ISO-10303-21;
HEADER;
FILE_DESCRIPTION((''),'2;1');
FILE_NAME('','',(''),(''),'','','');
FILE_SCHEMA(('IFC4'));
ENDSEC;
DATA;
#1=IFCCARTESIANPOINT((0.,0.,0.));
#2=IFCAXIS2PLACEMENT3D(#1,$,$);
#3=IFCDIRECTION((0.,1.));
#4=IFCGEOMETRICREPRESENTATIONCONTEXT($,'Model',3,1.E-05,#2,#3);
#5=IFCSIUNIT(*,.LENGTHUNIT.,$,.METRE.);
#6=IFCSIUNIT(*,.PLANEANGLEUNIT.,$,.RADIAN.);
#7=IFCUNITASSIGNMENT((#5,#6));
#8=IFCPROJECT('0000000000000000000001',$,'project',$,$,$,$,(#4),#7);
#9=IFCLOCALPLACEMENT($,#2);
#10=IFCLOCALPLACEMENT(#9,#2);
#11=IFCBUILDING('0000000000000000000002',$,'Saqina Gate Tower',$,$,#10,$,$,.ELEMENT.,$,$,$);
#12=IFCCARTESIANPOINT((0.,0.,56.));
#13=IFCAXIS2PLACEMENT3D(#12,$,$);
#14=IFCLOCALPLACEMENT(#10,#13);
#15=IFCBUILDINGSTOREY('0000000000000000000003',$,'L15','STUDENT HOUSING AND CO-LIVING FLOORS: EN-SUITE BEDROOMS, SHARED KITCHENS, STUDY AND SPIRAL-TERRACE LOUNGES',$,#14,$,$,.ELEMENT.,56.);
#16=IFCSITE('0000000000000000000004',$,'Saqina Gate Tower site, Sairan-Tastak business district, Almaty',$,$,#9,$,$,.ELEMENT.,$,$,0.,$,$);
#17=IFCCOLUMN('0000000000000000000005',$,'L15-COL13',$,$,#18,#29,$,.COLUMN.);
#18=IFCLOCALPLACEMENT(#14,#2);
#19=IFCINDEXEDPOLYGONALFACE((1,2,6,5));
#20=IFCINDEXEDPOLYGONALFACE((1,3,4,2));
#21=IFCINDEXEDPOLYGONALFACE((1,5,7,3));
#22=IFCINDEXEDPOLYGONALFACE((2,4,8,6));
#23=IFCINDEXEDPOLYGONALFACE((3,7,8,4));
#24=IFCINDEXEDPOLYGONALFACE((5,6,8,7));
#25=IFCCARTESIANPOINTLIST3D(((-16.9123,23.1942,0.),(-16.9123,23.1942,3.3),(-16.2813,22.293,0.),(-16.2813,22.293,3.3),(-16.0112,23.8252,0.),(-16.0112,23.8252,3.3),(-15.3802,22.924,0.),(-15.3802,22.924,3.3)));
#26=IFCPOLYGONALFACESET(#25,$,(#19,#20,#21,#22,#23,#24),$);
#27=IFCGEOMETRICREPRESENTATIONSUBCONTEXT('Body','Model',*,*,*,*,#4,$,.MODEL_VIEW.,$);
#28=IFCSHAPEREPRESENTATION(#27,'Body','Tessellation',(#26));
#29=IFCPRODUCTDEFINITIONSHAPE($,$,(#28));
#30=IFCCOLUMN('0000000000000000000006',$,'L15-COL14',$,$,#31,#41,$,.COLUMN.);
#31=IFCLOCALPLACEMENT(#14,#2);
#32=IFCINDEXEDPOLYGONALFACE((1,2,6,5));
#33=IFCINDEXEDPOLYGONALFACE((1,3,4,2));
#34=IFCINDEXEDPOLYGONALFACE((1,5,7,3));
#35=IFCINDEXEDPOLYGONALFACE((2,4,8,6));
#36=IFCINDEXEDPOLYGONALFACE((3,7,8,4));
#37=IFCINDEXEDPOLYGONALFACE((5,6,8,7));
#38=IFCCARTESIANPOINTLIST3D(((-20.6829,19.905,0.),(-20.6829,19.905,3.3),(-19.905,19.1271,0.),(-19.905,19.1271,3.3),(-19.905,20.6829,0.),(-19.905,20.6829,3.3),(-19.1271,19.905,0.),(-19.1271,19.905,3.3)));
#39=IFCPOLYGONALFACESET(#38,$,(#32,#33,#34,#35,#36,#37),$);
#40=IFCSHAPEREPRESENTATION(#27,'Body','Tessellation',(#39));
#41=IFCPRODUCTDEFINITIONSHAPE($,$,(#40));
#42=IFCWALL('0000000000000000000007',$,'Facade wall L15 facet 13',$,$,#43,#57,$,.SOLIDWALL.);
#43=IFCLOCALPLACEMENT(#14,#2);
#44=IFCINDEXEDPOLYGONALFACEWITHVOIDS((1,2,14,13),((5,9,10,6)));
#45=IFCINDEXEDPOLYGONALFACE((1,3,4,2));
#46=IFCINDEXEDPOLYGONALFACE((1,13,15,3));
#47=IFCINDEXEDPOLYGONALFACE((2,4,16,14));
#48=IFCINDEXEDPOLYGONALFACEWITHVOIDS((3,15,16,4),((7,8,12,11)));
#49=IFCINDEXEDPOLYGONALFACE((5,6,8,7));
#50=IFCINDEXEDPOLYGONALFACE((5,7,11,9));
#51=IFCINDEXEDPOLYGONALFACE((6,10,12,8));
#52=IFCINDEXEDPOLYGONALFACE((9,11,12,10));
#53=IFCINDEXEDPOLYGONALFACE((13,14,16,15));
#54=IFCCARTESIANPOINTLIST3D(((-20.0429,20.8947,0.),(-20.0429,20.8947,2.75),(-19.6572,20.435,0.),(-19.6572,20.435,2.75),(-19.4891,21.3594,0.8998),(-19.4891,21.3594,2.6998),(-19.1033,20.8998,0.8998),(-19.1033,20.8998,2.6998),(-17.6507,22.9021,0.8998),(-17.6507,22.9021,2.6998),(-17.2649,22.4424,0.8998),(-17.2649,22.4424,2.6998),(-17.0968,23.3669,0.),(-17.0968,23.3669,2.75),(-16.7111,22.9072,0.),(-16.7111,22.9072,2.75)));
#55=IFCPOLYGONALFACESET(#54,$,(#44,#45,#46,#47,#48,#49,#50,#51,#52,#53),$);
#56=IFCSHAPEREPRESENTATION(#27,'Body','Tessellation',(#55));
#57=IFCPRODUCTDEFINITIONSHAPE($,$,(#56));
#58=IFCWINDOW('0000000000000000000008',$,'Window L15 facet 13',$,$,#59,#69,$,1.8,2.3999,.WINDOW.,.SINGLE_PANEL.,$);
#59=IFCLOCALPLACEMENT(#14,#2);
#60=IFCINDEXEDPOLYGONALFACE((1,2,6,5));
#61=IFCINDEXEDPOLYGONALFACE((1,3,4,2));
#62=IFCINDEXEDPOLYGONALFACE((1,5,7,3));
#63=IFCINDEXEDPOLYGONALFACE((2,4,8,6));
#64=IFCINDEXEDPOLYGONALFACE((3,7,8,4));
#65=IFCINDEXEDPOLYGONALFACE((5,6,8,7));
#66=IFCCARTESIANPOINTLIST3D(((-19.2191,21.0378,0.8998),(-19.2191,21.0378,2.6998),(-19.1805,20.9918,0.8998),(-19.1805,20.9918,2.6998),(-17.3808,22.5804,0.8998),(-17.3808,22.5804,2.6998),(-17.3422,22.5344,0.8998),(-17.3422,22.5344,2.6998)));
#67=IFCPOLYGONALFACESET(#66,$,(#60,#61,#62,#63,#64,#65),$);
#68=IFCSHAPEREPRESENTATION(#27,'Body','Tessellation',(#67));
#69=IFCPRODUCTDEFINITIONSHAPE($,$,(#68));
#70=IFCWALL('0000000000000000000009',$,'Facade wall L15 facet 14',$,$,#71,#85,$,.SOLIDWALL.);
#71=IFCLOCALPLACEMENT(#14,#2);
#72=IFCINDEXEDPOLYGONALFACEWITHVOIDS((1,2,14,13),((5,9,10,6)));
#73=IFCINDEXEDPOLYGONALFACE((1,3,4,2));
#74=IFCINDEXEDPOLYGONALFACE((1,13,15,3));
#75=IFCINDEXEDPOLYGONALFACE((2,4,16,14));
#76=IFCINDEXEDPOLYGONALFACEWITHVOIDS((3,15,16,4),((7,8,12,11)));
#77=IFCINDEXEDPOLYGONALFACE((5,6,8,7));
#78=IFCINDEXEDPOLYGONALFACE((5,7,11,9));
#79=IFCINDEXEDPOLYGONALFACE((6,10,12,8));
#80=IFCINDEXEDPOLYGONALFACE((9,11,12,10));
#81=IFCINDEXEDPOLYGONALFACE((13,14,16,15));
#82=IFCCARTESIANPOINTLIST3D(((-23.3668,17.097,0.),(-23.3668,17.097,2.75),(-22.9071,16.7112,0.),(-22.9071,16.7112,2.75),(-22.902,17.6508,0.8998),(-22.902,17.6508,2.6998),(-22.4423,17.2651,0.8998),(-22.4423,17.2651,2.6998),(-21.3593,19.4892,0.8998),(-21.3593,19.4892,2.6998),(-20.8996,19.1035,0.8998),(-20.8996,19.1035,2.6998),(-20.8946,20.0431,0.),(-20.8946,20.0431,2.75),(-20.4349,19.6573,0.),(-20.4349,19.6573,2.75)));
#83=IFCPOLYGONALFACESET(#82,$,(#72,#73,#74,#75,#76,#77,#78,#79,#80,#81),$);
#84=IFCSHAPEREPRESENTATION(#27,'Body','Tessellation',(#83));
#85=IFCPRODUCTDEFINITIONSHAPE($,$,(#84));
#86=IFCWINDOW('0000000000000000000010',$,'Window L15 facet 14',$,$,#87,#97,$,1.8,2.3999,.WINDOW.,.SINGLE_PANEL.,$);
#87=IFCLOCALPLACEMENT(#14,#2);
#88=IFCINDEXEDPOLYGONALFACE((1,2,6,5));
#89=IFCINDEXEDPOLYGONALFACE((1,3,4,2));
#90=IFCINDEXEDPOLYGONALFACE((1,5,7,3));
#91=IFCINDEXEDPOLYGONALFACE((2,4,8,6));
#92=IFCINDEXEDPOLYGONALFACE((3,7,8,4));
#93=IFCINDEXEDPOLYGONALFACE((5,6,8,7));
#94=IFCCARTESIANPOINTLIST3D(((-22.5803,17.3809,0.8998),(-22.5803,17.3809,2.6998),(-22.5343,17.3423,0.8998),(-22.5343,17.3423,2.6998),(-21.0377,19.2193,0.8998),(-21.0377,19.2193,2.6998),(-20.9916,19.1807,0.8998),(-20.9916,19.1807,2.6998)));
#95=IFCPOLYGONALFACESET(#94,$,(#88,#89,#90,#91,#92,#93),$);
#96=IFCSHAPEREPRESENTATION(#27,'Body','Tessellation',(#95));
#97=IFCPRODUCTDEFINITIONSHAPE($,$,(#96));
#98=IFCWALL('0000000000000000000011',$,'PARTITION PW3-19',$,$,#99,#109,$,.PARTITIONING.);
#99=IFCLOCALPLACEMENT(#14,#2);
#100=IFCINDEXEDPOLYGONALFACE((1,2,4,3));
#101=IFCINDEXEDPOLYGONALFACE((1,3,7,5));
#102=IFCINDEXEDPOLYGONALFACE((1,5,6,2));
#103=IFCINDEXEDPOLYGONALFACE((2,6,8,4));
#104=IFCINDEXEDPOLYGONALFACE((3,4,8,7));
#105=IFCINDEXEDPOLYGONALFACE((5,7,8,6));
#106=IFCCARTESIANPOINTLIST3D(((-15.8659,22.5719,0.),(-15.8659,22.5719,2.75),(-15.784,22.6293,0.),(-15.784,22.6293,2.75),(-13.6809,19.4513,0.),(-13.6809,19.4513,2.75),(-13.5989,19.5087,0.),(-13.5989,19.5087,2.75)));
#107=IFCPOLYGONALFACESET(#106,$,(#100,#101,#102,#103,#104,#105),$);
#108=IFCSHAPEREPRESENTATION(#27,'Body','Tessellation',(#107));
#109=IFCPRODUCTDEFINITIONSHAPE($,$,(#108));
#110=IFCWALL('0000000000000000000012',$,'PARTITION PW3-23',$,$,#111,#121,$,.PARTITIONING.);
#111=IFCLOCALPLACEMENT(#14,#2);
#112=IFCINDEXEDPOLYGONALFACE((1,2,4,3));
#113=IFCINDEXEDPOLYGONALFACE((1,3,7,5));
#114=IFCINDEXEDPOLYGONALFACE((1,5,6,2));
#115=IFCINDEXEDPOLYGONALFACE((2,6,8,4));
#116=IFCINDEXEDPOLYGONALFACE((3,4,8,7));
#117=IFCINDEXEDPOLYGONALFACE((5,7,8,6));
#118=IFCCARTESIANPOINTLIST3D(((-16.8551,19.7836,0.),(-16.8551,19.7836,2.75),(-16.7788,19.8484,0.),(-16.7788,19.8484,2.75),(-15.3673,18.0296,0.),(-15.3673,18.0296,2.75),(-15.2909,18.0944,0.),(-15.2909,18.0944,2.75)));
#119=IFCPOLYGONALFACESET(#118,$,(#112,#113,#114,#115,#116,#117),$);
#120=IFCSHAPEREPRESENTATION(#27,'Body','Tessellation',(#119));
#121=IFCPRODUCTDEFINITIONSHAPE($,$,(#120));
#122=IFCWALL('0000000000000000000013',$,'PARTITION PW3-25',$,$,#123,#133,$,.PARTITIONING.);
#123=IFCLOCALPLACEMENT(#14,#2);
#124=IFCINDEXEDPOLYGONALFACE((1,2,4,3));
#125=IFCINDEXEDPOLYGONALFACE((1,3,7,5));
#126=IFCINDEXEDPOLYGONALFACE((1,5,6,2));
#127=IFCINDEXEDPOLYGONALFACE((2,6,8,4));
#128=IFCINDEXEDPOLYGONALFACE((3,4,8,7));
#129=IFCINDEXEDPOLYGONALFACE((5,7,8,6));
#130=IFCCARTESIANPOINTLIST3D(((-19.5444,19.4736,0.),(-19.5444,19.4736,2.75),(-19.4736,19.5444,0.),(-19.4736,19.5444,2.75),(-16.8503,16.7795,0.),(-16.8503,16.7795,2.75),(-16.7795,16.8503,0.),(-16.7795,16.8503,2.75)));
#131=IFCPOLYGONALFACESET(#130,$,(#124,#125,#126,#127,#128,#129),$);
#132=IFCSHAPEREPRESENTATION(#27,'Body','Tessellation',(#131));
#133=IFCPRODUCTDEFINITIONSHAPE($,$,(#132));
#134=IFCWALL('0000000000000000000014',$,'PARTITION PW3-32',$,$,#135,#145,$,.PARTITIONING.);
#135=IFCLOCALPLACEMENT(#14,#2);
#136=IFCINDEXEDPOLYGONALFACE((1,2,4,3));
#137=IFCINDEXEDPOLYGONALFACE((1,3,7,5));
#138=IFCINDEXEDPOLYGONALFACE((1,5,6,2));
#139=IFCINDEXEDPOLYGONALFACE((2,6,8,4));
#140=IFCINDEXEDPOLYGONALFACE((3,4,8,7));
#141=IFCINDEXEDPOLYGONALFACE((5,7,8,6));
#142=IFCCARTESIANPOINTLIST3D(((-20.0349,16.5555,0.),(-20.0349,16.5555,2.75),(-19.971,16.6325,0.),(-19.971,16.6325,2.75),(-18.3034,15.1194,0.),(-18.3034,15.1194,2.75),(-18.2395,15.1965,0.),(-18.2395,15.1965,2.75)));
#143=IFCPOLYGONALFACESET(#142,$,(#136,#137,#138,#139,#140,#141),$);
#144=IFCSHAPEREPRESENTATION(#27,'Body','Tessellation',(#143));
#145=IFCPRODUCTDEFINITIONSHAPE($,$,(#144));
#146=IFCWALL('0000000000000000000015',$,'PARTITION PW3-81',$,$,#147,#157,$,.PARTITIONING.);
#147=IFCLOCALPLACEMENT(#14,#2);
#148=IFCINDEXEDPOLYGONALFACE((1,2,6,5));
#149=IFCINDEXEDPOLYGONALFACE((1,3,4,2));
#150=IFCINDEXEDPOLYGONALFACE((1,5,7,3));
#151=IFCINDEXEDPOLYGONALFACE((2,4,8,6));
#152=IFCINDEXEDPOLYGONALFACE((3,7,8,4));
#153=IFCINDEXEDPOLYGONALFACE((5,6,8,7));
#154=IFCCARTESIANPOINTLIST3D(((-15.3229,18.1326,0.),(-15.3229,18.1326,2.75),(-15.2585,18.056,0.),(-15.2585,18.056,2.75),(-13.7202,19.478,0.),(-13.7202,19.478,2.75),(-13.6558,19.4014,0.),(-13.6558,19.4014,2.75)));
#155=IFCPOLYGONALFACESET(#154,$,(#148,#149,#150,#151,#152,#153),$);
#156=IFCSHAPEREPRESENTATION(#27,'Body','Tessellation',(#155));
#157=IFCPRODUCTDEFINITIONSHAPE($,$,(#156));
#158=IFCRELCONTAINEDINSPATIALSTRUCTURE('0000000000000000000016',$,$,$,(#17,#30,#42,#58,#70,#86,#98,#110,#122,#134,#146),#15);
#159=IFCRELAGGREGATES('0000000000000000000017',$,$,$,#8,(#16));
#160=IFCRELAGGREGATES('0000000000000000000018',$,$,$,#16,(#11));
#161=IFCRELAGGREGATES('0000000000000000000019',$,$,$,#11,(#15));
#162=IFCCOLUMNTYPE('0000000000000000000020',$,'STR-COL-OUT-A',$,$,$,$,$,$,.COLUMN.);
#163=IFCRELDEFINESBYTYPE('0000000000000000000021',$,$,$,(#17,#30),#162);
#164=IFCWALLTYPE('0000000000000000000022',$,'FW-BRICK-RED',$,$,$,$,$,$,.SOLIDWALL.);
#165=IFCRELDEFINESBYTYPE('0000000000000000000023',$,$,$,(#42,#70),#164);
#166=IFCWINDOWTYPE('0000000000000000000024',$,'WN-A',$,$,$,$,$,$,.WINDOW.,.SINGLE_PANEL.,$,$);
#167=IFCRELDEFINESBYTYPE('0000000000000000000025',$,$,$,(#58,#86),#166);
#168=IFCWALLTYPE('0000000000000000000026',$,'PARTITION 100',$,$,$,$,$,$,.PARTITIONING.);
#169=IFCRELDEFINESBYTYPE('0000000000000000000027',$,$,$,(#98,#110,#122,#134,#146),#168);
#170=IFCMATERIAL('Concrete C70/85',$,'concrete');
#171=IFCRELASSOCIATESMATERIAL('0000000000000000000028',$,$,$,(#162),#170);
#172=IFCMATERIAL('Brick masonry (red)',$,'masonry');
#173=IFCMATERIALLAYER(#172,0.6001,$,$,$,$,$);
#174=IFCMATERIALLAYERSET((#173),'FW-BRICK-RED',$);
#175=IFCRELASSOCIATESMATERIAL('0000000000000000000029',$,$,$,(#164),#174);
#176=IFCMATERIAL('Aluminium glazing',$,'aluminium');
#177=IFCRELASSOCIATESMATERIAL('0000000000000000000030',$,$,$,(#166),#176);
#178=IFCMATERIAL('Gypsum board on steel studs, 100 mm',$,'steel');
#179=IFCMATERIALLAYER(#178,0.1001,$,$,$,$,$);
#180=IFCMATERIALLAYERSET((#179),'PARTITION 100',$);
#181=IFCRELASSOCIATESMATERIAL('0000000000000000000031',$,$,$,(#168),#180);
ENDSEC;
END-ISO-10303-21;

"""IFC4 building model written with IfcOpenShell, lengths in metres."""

from ifc_helpers import new_model, si_unit, direction, frame, frame_2d, origin, origin_2d, place, context, subcontext, project, spatial, rectangle, extrude, material, layer, layer_set, material_profile, profile_set, type_object, element, fill, save


model = new_model("IFC4")

# Units and contexts
model_context = context("Model", 3, precision=1e-05, world=origin(), true_north=direction((0.0, 1.0)))
body_context = subcontext(model_context, "Body", "Model", "MODEL_VIEW")
ifc_project = project(units=[si_unit("LENGTHUNIT", "METRE"), si_unit("PLANEANGLEUNIT", "RADIAN")], contexts=[model_context])

# Site, building, storey
site_placement = place(None, origin())
site = spatial("IfcSite", under=ifc_project, at=site_placement, Name="Saqina Gate Tower site, Sairan-Tastak business district, Almaty", CompositionType="ELEMENT", RefElevation=0.0)
building_placement = place(site_placement, origin())
building = spatial("IfcBuilding", under=site, at=building_placement, Name="Saqina Gate Tower", CompositionType="ELEMENT")
storey_placement = place(building_placement, frame((0.0, 0.0, 56.0)))
storey = spatial("IfcBuildingStorey", under=building, at=storey_placement, Name="L15", Description="STUDENT HOUSING AND CO-LIVING FLOORS: EN-SUITE BEDROOMS, SHARED KITCHENS, STUDY AND SPIRAL-TERRACE LOUNGES", CompositionType="ELEMENT", Elevation=56.0)

# Columns
ifc_material_1 = material(Name="Concrete C70/85", Category="concrete")
ifc_material_profile = material_profile(ifc_material_1, rectangle(XDim=1.1001, YDim=1.1001, at=origin_2d()), Name="RC 1100x1100")
ifc_profile_set = profile_set([ifc_material_profile], Name="Concrete C70/85")
column_type = type_object("IfcColumnType", Name="STR-COL-OUT-A", PredefinedType="COLUMN", material=ifc_profile_set)
for number, where, z_axis, x_axis, name in (
    (1, (-16.1462, 23.0591, 0.0), (0.0, 0.0, 1.0), (-0.573576, 0.819152, 0.0), "L15-COL13"),
    (2, (-19.905, 19.905, 0.0), (0.0, 0.0, 1.0), (-0.707107, 0.707107, 0.0), "L15-COL14"),
):
    element("IfcColumn", number, at=place(storey_placement, frame(where, z_axis=z_axis, x_axis=x_axis)), inside=storey, type_object=column_type, Name=name, PredefinedType="COLUMN", context=body_context, shape_type="SweptSolid", body=[
        extrude(rectangle(XDim=1.1001, YDim=1.1001, at=origin_2d()), origin(), (0.0, 0.0, 1.0), 3.3),
    ])

# Walls, openings, windows
ifc_material_2 = material(Name="Brick masonry (red)", Category="masonry")
ifc_layer_1 = layer(ifc_material_2, 0.6001)
ifc_layer_set_1 = layer_set([ifc_layer_1], Name="FW-BRICK-RED")
wall_type_1 = type_object("IfcWallType", Name="FW-BRICK-RED", PredefinedType="SOLIDWALL", material=ifc_layer_set_1)
wall_1_placement = place(storey_placement, frame((-16.9041, 23.137, 0.0), z_axis=(0.0, 0.0, 1.0), x_axis=(-0.766026, -0.642809, 0.0)))
wall_1 = element("IfcWall", 3, at=wall_1_placement, inside=storey, type_object=wall_type_1, Name="Facade wall L15 facet 13", PredefinedType="SOLIDWALL", context=body_context, shape_type="SweptSolid", body=[
    extrude(rectangle(XDim=3.8459, YDim=0.6001, at=frame_2d((1.9229, 0.0))), origin(), (0.0, 0.0, 1.0), 2.75),
])
opening_1_placement = place(wall_1_placement, frame((0.7229, 0.0, 0.8999)))
opening_1 = element("IfcOpeningElement", 4, at=opening_1_placement, cuts=wall_1, PredefinedType="OPENING", context=body_context, shape_type="SweptSolid", body=[
    extrude(rectangle(XDim=2.3999, YDim=1.8, at=frame_2d((1.2, 0.8999))), frame((0.0, 0.312, 0.0), z_axis=(0.0, -1.0, 0.0), x_axis=(1.0, 0.0, 0.0)), (0.0, 0.0, 1.0), 0.624),
])
ifc_material_3 = material(Name="Aluminium glazing", Category="aluminium")
window_type = type_object("IfcWindowType", Name="WN-A", PartitioningType="SINGLE_PANEL", PredefinedType="WINDOW", material=ifc_material_3)
window_1_placement = place(opening_1_placement, origin())
window_1 = element("IfcWindow", 5, at=window_1_placement, inside=storey, type_object=window_type, Name="Window L15 facet 13", OverallHeight=1.8, OverallWidth=2.3999, PartitioningType="SINGLE_PANEL", PredefinedType="WINDOW", context=body_context, shape_type="SweptSolid", body=[
    extrude(rectangle(XDim=2.3999, YDim=1.8, at=frame_2d((1.2, 0.8999))), frame((0.0, 0.1799, 0.0), z_axis=(0.0, -1.0, 0.0), x_axis=(1.0, 0.0, 0.0)), (0.0, 0.0, 1.0), 0.0601),
])
fill(opening_1, window_1)
wall_2_placement = place(storey_placement, frame((-20.6648, 19.8501, 0.0), z_axis=(0.0, 0.0, 1.0), x_axis=(-0.642809, -0.766026, 0.0)))
wall_2 = element("IfcWall", 6, at=wall_2_placement, inside=storey, type_object=wall_type_1, Name="Facade wall L15 facet 14", PredefinedType="SOLIDWALL", context=body_context, shape_type="SweptSolid", body=[
    extrude(rectangle(XDim=3.8459, YDim=0.6001, at=frame_2d((1.9229, 0.0))), origin(), (0.0, 0.0, 1.0), 2.75),
])
opening_2_placement = place(wall_2_placement, frame((0.7229, 0.0, 0.8999)))
opening_2 = element("IfcOpeningElement", 7, at=opening_2_placement, cuts=wall_2, PredefinedType="OPENING", context=body_context, shape_type="SweptSolid", body=[
    extrude(rectangle(XDim=2.3999, YDim=1.8, at=frame_2d((1.2, 0.8999))), frame((0.0, 0.312, 0.0), z_axis=(0.0, -1.0, 0.0), x_axis=(1.0, 0.0, 0.0)), (0.0, 0.0, 1.0), 0.624),
])
window_2_placement = place(opening_2_placement, origin())
window_2 = element("IfcWindow", 8, at=window_2_placement, inside=storey, type_object=window_type, Name="Window L15 facet 14", OverallHeight=1.8, OverallWidth=2.3999, PartitioningType="SINGLE_PANEL", PredefinedType="WINDOW", context=body_context, shape_type="SweptSolid", body=[
    extrude(rectangle(XDim=2.3999, YDim=1.8, at=frame_2d((1.2, 0.8999))), frame((0.0, 0.1799, 0.0), z_axis=(0.0, -1.0, 0.0), x_axis=(1.0, 0.0, 0.0)), (0.0, 0.0, 1.0), 0.0601),
])
fill(opening_2, window_2)

# Walls
ifc_material_4 = material(Name="Gypsum board on steel studs, 100 mm", Category="steel")
ifc_layer_2 = layer(ifc_material_4, 0.1001)
ifc_layer_set_2 = layer_set([ifc_layer_2], Name="PARTITION 100")
wall_type_2 = type_object("IfcWallType", Name="PARTITION 100", PredefinedType="PARTITIONING", material=ifc_layer_set_2)
wall_3_placement = place(storey_placement, frame((-15.825, 22.6006, 0.0), z_axis=(0.0, 0.0, 1.0), x_axis=(0.573574, -0.819154, 0.0)))
element("IfcWall", 9, at=wall_3_placement, inside=storey, type_object=wall_type_2, Name="PARTITION PW3-19", PredefinedType="PARTITIONING", context=body_context, shape_type="SweptSolid", body=[
    extrude(rectangle(XDim=3.8096, YDim=0.1001, at=frame_2d((1.9048, 0.0))), origin(), (0.0, 0.0, 1.0), 2.75),
])
wall_4_placement = place(storey_placement, frame((-16.8169, 19.8159, 0.0), z_axis=(0.0, 0.0, 1.0), x_axis=(0.646884, -0.762588, 0.0)))
element("IfcWall", 10, at=wall_4_placement, inside=storey, type_object=wall_type_2, Name="PARTITION PW3-23", PredefinedType="PARTITIONING", context=body_context, shape_type="SweptSolid", body=[
    extrude(rectangle(XDim=2.3, YDim=0.1001, at=frame_2d((1.1499, 0.0))), origin(), (0.0, 0.0, 1.0), 2.75),
])
wall_5_placement = place(storey_placement, frame((-19.509, 19.509, 0.0), z_axis=(0.0, 0.0, 1.0), x_axis=(0.707107, -0.707107, 0.0)))
element("IfcWall", 11, at=wall_5_placement, inside=storey, type_object=wall_type_2, Name="PARTITION PW3-25", PredefinedType="PARTITIONING", context=body_context, shape_type="SweptSolid", body=[
    extrude(rectangle(XDim=3.8101, YDim=0.1001, at=frame_2d((1.905, 0.0))), origin(), (0.0, 0.0, 1.0), 2.75),
])
wall_6_placement = place(storey_placement, frame((-20.0029, 16.594, 0.0), z_axis=(0.0, 0.0, 1.0), x_axis=(0.769714, -0.638389, 0.0)))
element("IfcWall", 12, at=wall_6_placement, inside=storey, type_object=wall_type_2, Name="PARTITION PW3-32", PredefinedType="PARTITIONING", context=body_context, shape_type="SweptSolid", body=[
    extrude(rectangle(XDim=2.2495, YDim=0.1001, at=frame_2d((1.1248, 0.0))), origin(), (0.0, 0.0, 1.0), 2.75),
])
wall_7_placement = place(storey_placement, frame((-15.2908, 18.0942, 0.0), z_axis=(0.0, 0.0, 1.0), x_axis=(0.765912, 0.642946, 0.0)))
element("IfcWall", 13, at=wall_7_placement, inside=storey, type_object=wall_type_2, Name="PARTITION PW3-81", PredefinedType="PARTITIONING", context=body_context, shape_type="SweptSolid", body=[
    extrude(rectangle(XDim=2.0925, YDim=0.1001, at=frame_2d((1.0464, 0.0))), origin(), (0.0, 0.0, 1.0), 2.75),
])

save(model, "model.ifc")
